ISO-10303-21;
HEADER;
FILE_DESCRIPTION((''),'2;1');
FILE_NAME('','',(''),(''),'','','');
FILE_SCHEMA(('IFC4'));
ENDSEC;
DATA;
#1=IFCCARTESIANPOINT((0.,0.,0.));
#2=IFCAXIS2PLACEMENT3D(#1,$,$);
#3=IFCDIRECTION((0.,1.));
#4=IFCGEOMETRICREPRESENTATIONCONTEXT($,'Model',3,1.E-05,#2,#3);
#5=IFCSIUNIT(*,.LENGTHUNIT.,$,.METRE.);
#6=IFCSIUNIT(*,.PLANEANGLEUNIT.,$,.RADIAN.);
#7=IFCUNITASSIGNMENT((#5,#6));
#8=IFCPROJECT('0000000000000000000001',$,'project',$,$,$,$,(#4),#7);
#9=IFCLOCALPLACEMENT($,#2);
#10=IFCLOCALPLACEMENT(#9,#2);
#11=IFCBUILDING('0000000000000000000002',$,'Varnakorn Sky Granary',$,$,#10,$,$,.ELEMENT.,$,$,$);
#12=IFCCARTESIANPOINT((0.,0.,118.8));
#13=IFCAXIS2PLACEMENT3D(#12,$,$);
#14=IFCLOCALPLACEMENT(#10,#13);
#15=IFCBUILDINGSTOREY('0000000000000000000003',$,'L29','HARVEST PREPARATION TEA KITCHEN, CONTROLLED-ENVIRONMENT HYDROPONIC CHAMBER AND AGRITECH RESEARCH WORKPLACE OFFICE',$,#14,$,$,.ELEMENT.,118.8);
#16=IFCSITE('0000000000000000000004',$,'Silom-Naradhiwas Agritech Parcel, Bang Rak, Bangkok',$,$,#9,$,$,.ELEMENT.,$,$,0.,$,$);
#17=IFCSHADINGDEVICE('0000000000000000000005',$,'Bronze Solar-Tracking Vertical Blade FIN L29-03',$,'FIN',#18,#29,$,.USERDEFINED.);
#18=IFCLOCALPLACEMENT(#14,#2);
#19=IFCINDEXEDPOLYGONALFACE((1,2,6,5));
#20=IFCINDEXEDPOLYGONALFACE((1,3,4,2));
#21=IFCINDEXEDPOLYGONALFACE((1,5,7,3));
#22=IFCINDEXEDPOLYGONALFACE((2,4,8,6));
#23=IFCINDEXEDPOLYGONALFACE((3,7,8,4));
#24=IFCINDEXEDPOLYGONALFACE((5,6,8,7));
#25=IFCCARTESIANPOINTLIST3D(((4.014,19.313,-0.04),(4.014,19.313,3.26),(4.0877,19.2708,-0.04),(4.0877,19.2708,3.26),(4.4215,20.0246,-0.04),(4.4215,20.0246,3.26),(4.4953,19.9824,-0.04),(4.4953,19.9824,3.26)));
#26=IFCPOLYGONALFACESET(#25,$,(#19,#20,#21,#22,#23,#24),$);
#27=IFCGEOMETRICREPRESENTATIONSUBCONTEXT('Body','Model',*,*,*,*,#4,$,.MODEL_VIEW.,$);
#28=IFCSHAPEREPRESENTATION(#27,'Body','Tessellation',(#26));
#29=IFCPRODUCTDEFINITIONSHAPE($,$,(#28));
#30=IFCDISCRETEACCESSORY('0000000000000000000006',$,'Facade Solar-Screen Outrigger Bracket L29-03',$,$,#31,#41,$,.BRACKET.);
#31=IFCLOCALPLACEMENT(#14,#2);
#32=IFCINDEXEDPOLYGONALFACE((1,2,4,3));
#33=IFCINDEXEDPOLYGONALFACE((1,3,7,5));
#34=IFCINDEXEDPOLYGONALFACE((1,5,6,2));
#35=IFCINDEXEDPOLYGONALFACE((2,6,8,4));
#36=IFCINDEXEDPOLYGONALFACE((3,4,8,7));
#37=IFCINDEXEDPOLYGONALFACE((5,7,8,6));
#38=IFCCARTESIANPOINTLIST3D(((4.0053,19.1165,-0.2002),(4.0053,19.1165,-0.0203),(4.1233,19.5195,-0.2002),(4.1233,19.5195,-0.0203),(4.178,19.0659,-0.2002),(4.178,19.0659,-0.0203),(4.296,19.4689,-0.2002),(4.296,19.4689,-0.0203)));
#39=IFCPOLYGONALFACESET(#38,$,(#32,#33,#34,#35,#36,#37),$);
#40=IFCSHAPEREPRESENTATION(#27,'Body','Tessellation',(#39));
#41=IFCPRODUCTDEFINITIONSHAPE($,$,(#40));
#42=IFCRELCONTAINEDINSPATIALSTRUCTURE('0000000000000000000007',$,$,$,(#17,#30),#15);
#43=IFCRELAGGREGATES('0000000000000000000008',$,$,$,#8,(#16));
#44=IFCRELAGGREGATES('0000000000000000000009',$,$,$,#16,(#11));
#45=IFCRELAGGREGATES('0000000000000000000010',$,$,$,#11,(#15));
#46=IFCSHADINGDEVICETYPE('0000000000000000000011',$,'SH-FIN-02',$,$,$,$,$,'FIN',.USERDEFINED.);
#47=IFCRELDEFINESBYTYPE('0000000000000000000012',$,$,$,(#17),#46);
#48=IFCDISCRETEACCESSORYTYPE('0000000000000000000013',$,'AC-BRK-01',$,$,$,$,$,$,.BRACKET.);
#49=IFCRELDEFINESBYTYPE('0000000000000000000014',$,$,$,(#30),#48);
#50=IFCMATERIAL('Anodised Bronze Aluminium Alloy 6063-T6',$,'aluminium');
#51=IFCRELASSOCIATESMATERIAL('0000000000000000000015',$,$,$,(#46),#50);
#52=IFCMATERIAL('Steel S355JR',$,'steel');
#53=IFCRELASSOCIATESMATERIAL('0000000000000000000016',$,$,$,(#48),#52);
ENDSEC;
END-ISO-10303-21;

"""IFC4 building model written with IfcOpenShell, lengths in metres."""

from ifc_helpers import new_model, si_unit, direction, frame, origin, origin_2d, place, context, subcontext, project, spatial, rectangle, extrude, source, transform, mapped, material, type_object, type_shapes, element, save


model = new_model("IFC4")

# Units and contexts
model_context = context("Model", 3, precision=1e-05, world=origin(), true_north=direction((0.0, 1.0)))
body_context = subcontext(model_context, "Body", "Model", "MODEL_VIEW")
ifc_project = project(units=[si_unit("LENGTHUNIT", "METRE"), si_unit("PLANEANGLEUNIT", "RADIAN")], contexts=[model_context])

# Site, building, storey
site_placement = place(None, origin())
site = spatial("IfcSite", under=ifc_project, at=site_placement, Name="Silom-Naradhiwas Agritech Parcel, Bang Rak, Bangkok", CompositionType="ELEMENT", RefElevation=0.0)
building_placement = place(site_placement, origin())
building = spatial("IfcBuilding", under=site, at=building_placement, Name="Varnakorn Sky Granary", CompositionType="ELEMENT")
storey_placement = place(building_placement, frame((0.0, 0.0, 118.8)))
storey = spatial("IfcBuildingStorey", under=building, at=storey_placement, Name="L29", Description="HARVEST PREPARATION TEA KITCHEN, CONTROLLED-ENVIRONMENT HYDROPONIC CHAMBER AND AGRITECH RESEARCH WORKPLACE OFFICE", CompositionType="ELEMENT", Elevation=118.8)

# Shared definitions
ifc_material_1 = material(Name="Steel S355JR", Category="steel")

# Shared definitions
ifc_material_2 = material(Name="Anodised Bronze Aluminium Alloy 6063-T6", Category="aluminium")

# Shading device
shading_device_type = type_object("IfcShadingDeviceType", Name="SH-FIN-02", ElementType="FIN", PredefinedType="USERDEFINED", material=ifc_material_2)
shared_shape_1 = source(origin(), body_context, "Body", "SweptSolid", [
    extrude(rectangle(XDim=0.085, YDim=0.8201, at=origin_2d()), origin(), (0.0, 0.0, 1.0), 3.3),
])
type_shapes(shading_device_type, [shared_shape_1])
shading_device_placement = place(storey_placement, frame((4.2546, 19.6477, -0.04), z_axis=(0.0, 0.0, 1.0), x_axis=(-0.867795, 0.496922, 0.0)))
element("IfcShadingDevice", 1, at=shading_device_placement, inside=storey, type_object=shading_device_type, Name="Bronze Solar-Tracking Vertical Blade FIN L29-03", ObjectType="FIN", PredefinedType="USERDEFINED", context=body_context, shape_type="MappedRepresentation", body=[
    mapped(shared_shape_1, transform((0.0, 0.0, 0.0), x_axis=(1.0, 0.0, 0.0), y_axis=(0.0, 1.0, 0.0), z_axis=(0.0, 0.0, 1.0), scale=1.0)),
])

# Discrete accessory
discrete_accessory_type = type_object("IfcDiscreteAccessoryType", Name="AC-BRK-01", PredefinedType="BRACKET", material=ifc_material_1)
shared_shape_2 = source(origin(), body_context, "Body", "SweptSolid", [
    extrude(rectangle(XDim=0.1799, YDim=0.4199, at=origin_2d()), origin(), (0.0, 0.0, 1.0), 0.1799),
])
type_shapes(discrete_accessory_type, [shared_shape_2])
discrete_accessory_placement = place(storey_placement, frame((4.1506, 19.2927, -0.2002), z_axis=(0.0, 0.0, 1.0), x_axis=(-0.959684, 0.281082, 0.0)))
element("IfcDiscreteAccessory", 2, at=discrete_accessory_placement, inside=storey, type_object=discrete_accessory_type, Name="Facade Solar-Screen Outrigger Bracket L29-03", PredefinedType="BRACKET", context=body_context, shape_type="MappedRepresentation", body=[
    mapped(shared_shape_2, transform((0.0, 0.0, 0.0), x_axis=(1.0, 0.0, 0.0), y_axis=(0.0, 1.0, 0.0), z_axis=(0.0, 0.0, 1.0), scale=1.0)),
])

save(model, "model.ifc")
